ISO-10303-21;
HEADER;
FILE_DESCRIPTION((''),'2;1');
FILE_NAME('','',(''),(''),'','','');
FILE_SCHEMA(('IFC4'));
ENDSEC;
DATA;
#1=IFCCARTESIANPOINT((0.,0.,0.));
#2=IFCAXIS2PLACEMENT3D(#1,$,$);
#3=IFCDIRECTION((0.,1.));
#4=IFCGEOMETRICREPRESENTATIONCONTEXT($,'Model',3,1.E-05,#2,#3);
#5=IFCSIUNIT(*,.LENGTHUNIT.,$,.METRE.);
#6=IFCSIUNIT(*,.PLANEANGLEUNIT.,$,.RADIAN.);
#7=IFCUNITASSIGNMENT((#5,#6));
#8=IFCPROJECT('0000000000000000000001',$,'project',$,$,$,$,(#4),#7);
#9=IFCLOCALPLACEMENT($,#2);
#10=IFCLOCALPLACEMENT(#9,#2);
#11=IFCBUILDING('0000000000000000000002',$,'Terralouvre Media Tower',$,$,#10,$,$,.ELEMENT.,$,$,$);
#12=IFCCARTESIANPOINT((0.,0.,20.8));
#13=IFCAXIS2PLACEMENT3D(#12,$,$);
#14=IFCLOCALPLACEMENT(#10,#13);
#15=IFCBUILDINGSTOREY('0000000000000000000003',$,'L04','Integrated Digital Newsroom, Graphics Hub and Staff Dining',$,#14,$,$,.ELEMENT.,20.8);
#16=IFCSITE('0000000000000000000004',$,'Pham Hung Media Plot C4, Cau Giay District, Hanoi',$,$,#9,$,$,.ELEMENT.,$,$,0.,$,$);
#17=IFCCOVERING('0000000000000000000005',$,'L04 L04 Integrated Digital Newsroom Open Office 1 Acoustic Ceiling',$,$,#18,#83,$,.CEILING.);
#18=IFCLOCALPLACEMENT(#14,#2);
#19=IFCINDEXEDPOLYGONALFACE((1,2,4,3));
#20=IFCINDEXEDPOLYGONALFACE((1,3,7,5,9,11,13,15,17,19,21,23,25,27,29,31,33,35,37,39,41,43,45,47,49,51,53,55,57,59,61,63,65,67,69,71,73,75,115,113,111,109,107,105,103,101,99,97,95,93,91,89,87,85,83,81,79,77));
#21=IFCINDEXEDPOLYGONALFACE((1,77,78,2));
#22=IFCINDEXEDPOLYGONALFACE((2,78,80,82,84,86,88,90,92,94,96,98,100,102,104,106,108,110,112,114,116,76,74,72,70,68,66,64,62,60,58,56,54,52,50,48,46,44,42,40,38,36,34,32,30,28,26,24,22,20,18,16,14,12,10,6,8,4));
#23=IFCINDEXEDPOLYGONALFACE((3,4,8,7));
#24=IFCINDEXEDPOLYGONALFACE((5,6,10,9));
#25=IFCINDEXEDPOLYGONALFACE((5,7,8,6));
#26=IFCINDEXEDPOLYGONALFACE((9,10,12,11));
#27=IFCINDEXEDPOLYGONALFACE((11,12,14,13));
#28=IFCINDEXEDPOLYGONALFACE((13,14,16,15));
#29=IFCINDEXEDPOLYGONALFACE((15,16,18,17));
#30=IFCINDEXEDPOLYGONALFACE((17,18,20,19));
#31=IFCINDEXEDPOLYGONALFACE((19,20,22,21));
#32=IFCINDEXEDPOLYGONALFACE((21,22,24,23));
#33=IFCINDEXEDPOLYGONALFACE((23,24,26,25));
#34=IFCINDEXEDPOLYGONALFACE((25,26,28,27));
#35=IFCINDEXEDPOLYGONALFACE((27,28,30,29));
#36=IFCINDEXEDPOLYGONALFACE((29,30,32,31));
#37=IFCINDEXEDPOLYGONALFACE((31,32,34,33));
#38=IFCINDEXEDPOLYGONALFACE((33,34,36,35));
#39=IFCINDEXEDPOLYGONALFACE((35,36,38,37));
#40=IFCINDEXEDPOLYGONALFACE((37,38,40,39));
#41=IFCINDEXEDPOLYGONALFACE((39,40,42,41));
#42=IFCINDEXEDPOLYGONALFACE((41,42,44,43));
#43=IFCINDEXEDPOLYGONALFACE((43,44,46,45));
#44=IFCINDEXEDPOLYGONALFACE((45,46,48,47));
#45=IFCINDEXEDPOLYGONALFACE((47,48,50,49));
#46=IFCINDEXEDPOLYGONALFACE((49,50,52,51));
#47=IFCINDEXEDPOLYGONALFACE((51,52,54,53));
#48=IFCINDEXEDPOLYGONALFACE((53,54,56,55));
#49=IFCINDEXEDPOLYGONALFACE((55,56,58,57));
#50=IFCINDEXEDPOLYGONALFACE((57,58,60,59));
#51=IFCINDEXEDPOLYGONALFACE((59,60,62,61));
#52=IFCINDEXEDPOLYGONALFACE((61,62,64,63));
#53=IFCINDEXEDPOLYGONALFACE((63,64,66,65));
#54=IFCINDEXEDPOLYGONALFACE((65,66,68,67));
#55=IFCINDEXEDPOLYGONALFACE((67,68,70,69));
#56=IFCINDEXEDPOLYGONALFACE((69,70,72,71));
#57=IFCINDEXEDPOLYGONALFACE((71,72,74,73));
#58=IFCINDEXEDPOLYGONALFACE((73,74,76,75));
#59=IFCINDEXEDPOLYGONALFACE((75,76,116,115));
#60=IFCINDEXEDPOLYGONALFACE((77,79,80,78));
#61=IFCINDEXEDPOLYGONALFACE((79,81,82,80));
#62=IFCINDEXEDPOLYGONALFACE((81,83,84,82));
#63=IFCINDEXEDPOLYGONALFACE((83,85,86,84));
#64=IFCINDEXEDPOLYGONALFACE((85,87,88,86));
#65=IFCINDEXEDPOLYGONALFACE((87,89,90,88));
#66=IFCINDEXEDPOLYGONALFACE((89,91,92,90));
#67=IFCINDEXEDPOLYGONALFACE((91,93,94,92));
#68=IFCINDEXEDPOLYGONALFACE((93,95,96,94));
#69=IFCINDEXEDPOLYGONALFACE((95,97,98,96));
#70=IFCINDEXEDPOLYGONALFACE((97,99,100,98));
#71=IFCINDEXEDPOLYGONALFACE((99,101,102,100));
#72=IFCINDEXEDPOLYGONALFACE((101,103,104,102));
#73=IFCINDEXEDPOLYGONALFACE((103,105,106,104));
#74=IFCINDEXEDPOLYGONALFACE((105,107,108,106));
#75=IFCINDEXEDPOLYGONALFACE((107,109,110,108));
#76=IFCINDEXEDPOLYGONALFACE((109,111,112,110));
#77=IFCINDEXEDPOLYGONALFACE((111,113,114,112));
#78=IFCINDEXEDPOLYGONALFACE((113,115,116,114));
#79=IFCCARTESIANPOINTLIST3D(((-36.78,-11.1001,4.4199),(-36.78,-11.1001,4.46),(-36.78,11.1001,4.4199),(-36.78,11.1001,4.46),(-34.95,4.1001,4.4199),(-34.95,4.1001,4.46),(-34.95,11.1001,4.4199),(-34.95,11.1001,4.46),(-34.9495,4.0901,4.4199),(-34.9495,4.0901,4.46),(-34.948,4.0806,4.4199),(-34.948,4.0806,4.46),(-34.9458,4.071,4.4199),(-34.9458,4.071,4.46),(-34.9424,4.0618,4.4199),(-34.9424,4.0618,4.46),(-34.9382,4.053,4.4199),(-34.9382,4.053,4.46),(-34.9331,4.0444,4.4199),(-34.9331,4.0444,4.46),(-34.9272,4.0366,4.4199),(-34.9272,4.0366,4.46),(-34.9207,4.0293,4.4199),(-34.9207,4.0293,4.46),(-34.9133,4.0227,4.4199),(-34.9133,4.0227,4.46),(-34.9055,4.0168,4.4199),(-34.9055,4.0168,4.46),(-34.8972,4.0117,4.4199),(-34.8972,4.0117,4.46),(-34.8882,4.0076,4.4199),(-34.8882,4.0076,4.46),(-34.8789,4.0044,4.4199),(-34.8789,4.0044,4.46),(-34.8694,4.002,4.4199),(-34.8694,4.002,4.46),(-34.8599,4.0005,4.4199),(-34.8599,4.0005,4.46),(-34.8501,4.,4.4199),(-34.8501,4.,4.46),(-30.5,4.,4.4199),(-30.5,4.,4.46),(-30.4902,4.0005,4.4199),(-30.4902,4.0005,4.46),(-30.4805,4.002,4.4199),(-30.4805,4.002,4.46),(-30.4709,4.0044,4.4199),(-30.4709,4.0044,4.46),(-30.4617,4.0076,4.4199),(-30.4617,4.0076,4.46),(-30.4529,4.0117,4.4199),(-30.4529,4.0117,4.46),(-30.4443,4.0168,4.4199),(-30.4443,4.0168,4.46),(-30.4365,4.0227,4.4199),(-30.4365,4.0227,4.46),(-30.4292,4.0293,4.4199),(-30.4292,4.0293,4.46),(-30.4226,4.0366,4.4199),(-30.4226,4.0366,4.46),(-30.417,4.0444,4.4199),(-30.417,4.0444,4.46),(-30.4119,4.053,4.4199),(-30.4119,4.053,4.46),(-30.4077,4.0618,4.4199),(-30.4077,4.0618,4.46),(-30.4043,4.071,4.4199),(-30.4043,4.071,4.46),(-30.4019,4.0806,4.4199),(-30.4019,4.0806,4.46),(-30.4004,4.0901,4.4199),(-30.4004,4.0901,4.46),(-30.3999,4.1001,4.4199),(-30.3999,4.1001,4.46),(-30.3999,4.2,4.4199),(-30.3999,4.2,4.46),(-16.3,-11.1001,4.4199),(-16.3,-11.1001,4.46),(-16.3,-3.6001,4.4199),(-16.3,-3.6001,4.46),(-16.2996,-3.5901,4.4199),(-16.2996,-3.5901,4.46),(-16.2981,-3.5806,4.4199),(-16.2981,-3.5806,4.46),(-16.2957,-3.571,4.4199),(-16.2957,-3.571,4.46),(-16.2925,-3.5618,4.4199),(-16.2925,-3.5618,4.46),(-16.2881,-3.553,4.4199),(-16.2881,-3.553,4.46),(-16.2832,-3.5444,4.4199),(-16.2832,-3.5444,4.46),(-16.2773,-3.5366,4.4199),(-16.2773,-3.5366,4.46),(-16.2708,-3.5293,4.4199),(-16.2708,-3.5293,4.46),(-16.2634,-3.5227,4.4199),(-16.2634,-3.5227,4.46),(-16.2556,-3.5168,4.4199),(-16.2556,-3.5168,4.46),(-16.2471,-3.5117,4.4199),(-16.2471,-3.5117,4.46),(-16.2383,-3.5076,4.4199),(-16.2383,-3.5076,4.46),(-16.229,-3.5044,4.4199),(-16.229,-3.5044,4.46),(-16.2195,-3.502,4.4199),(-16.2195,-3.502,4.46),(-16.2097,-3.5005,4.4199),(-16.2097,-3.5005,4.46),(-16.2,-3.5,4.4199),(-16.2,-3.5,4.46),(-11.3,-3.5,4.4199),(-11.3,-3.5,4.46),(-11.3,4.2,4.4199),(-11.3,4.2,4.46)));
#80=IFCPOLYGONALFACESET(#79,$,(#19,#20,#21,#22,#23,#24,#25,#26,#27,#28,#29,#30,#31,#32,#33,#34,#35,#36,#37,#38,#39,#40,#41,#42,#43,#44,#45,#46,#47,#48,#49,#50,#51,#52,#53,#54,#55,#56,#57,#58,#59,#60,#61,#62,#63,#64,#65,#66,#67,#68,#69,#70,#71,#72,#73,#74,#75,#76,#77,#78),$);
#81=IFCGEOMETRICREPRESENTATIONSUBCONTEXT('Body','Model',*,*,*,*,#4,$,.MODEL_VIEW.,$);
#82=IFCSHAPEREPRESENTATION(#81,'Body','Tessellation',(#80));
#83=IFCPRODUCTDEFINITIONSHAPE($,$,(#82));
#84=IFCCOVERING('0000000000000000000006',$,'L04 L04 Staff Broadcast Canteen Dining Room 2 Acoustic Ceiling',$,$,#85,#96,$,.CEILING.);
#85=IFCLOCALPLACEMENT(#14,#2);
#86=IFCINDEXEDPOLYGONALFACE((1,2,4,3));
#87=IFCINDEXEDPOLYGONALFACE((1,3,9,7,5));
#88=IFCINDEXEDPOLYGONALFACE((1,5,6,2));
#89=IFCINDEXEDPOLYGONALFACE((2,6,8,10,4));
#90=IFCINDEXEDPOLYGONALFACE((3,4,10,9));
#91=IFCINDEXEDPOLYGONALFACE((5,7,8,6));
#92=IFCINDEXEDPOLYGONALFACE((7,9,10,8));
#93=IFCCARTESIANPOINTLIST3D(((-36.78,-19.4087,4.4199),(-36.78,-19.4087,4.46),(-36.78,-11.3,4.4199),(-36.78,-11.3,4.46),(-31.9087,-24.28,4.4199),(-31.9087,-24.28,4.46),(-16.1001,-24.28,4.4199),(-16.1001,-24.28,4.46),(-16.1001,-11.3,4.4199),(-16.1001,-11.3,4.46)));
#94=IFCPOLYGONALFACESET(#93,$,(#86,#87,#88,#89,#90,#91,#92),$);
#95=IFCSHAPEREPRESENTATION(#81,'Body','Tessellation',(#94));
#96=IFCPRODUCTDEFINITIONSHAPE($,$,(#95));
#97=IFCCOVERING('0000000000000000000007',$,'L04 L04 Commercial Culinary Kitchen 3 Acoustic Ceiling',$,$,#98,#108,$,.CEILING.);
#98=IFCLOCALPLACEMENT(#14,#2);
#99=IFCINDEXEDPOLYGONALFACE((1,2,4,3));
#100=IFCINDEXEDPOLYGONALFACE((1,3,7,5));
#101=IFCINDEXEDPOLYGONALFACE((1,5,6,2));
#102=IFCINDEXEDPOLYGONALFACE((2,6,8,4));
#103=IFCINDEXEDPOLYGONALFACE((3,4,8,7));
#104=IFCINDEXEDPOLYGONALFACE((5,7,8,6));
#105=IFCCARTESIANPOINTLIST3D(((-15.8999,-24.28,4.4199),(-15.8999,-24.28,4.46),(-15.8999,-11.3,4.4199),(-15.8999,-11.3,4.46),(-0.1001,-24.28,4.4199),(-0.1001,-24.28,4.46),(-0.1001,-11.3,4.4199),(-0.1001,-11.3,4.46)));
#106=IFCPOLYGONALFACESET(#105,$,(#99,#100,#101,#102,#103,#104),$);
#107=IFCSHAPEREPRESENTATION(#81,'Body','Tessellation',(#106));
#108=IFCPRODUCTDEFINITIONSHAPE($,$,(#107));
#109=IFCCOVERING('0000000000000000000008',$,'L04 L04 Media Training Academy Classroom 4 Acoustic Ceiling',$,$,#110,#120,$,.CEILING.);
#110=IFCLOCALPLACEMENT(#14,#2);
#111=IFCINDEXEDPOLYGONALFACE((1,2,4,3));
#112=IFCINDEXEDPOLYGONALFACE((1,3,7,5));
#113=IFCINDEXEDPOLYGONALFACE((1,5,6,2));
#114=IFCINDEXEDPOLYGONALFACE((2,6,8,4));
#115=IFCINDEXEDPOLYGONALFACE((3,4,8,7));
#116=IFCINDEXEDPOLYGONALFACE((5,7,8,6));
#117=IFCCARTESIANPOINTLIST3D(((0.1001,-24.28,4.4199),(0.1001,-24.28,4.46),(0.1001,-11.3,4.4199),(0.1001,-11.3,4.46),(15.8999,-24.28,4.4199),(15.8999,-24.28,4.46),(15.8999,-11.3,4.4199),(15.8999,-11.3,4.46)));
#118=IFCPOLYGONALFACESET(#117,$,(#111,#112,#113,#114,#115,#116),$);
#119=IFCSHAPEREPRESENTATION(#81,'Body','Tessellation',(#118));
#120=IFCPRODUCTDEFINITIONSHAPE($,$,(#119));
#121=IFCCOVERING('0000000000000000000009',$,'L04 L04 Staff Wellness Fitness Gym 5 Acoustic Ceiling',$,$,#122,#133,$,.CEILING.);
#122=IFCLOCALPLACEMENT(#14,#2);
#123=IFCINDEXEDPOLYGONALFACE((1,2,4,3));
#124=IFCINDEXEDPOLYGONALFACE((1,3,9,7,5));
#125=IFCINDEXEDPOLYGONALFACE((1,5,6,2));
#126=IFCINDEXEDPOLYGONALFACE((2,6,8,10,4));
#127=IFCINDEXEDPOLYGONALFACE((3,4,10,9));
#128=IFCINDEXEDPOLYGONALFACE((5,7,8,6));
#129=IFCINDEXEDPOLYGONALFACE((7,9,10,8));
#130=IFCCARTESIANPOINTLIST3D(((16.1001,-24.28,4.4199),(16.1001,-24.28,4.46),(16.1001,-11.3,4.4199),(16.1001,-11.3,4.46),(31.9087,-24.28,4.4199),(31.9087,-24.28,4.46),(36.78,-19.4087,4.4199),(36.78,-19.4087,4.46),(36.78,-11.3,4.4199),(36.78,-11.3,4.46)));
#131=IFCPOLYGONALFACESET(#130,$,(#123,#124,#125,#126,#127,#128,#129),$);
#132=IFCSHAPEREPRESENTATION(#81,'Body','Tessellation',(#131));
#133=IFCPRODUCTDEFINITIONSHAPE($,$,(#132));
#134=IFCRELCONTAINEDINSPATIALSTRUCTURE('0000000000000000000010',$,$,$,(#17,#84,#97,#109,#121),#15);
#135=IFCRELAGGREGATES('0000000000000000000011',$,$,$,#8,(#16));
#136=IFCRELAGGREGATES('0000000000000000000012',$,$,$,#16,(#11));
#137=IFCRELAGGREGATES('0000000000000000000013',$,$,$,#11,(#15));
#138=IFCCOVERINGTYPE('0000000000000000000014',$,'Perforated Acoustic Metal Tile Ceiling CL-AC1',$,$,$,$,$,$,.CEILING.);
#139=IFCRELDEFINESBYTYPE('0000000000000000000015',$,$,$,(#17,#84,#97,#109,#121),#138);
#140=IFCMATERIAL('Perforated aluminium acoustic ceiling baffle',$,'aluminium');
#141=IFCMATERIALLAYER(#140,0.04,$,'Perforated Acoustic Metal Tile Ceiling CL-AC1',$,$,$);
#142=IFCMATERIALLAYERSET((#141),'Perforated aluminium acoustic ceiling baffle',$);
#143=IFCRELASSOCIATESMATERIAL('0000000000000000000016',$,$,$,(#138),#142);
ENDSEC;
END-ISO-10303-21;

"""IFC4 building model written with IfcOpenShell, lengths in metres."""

from ifc_helpers import new_model, si_unit, direction, frame, origin, place, context, subcontext, project, spatial, polyline, outline, extrude, material, layer, layer_set, type_object, element, save


model = new_model("IFC4")

# Units and contexts
model_context = context("Model", 3, precision=1e-05, world=origin(), true_north=direction((0.0, 1.0)))
body_context = subcontext(model_context, "Body", "Model", "MODEL_VIEW")
ifc_project = project(units=[si_unit("LENGTHUNIT", "METRE"), si_unit("PLANEANGLEUNIT", "RADIAN")], contexts=[model_context])

# Site, building, storey
site_placement = place(None, origin())
site = spatial("IfcSite", under=ifc_project, at=site_placement, Name="Pham Hung Media Plot C4, Cau Giay District, Hanoi", CompositionType="ELEMENT", RefElevation=0.0)
building_placement = place(site_placement, origin())
building = spatial("IfcBuilding", under=site, at=building_placement, Name="Terralouvre Media Tower", CompositionType="ELEMENT")
storey_placement = place(building_placement, frame((0.0, 0.0, 20.8)))
storey = spatial("IfcBuildingStorey", under=building, at=storey_placement, Name="L04", Description="Integrated Digital Newsroom, Graphics Hub and Staff Dining", CompositionType="ELEMENT", Elevation=20.8)

# Coverings
ifc_material_1 = material(Name="Perforated aluminium acoustic ceiling baffle", Category="aluminium")
ifc_layer_1 = layer(ifc_material_1, 0.04, Name="Perforated Acoustic Metal Tile Ceiling CL-AC1")
ifc_layer_set_1 = layer_set([ifc_layer_1], Name="Perforated aluminium acoustic ceiling baffle")
covering_type_1 = type_object("IfcCoveringType", Name="Perforated Acoustic Metal Tile Ceiling CL-AC1", PredefinedType="CEILING", material=ifc_layer_set_1)
covering_1_placement = place(storey_placement, frame((0.0, 0.0, 4.4199)))
element("IfcCovering", 1, at=covering_1_placement, inside=storey, type_object=covering_type_1, Name="L04 L04 Integrated Digital Newsroom Open Office 1 Acoustic Ceiling", PredefinedType="CEILING", context=body_context, shape_type="SweptSolid", body=[
    extrude(outline(polyline([(-16.3, -3.6001), (-16.2996, -3.5901), (-16.2981, -3.5806), (-16.2957, -3.571), (-16.2925, -3.5618), (-16.2881, -3.553), (-16.2832, -3.5444), (-16.2773, -3.5366), (-16.2708, -3.5293), (-16.2634, -3.5227), (-16.2556, -3.5168), (-16.2471, -3.5117), (-16.2383, -3.5076), (-16.229, -3.5044), (-16.2195, -3.502), (-16.2097, -3.5005), (-16.2, -3.5), (-11.3, -3.5), (-11.3, 4.2), (-30.3999, 4.2), (-30.3999, 4.1001), (-30.4004, 4.0901), (-30.4019, 4.0806), (-30.4043, 4.071), (-30.4077, 4.0618), (-30.4119, 4.053), (-30.417, 4.0444), (-30.4226, 4.0366), (-30.4292, 4.0293), (-30.4365, 4.0227), (-30.4443, 4.0168), (-30.4529, 4.0117), (-30.4617, 4.0076), (-30.4709, 4.0044), (-30.4805, 4.002), (-30.4902, 4.0005), (-30.5, 4.0), (-34.8501, 4.0), (-34.8599, 4.0005), (-34.8694, 4.002), (-34.8789, 4.0044), (-34.8882, 4.0076), (-34.8972, 4.0117), (-34.9055, 4.0168), (-34.9133, 4.0227), (-34.9207, 4.0293), (-34.9272, 4.0366), (-34.9331, 4.0444), (-34.9382, 4.053), (-34.9424, 4.0618), (-34.9458, 4.071), (-34.948, 4.0806), (-34.9495, 4.0901), (-34.95, 4.1001), (-34.95, 11.1001), (-36.78, 11.1001), (-36.78, -11.1001), (-16.3, -11.1001), (-16.3, -3.6001)])), origin(), (0.0, 0.0, 1.0), 0.04),
])
covering_2_placement = place(storey_placement, frame((0.0, 0.0, 4.4199)))
element("IfcCovering", 2, at=covering_2_placement, inside=storey, type_object=covering_type_1, Name="L04 L04 Staff Broadcast Canteen Dining Room 2 Acoustic Ceiling", PredefinedType="CEILING", context=body_context, shape_type="SweptSolid", body=[
    extrude(outline(polyline([(-16.1001, -24.28), (-16.1001, -11.3), (-36.78, -11.3), (-36.78, -19.4087), (-31.9087, -24.28), (-16.1001, -24.28)])), origin(), (0.0, 0.0, 1.0), 0.04),
])
covering_3_placement = place(storey_placement, frame((0.0, 0.0, 4.4199)))
element("IfcCovering", 3, at=covering_3_placement, inside=storey, type_object=covering_type_1, Name="L04 L04 Commercial Culinary Kitchen 3 Acoustic Ceiling", PredefinedType="CEILING", context=body_context, shape_type="SweptSolid", body=[
    extrude(outline(polyline([(-15.8999, -11.3), (-15.8999, -24.28), (-0.1001, -24.28), (-0.1001, -11.3), (-15.8999, -11.3)])), origin(), (0.0, 0.0, 1.0), 0.04),
])
covering_4_placement = place(storey_placement, frame((0.0, 0.0, 4.4199)))
element("IfcCovering", 4, at=covering_4_placement, inside=storey, type_object=covering_type_1, Name="L04 L04 Media Training Academy Classroom 4 Acoustic Ceiling", PredefinedType="CEILING", context=body_context, shape_type="SweptSolid", body=[
    extrude(outline(polyline([(0.1001, -11.3), (0.1001, -24.28), (15.8999, -24.28), (15.8999, -11.3), (0.1001, -11.3)])), origin(), (0.0, 0.0, 1.0), 0.04),
])
covering_5_placement = place(storey_placement, frame((0.0, 0.0, 4.4199)))
element("IfcCovering", 5, at=covering_5_placement, inside=storey, type_object=covering_type_1, Name="L04 L04 Staff Wellness Fitness Gym 5 Acoustic Ceiling", PredefinedType="CEILING", context=body_context, shape_type="SweptSolid", body=[
    extrude(outline(polyline([(16.1001, -24.28), (31.9087, -24.28), (36.78, -19.4087), (36.78, -11.3), (16.1001, -11.3), (16.1001, -24.28)])), origin(), (0.0, 0.0, 1.0), 0.04),
])

save(model, "model.ifc")
